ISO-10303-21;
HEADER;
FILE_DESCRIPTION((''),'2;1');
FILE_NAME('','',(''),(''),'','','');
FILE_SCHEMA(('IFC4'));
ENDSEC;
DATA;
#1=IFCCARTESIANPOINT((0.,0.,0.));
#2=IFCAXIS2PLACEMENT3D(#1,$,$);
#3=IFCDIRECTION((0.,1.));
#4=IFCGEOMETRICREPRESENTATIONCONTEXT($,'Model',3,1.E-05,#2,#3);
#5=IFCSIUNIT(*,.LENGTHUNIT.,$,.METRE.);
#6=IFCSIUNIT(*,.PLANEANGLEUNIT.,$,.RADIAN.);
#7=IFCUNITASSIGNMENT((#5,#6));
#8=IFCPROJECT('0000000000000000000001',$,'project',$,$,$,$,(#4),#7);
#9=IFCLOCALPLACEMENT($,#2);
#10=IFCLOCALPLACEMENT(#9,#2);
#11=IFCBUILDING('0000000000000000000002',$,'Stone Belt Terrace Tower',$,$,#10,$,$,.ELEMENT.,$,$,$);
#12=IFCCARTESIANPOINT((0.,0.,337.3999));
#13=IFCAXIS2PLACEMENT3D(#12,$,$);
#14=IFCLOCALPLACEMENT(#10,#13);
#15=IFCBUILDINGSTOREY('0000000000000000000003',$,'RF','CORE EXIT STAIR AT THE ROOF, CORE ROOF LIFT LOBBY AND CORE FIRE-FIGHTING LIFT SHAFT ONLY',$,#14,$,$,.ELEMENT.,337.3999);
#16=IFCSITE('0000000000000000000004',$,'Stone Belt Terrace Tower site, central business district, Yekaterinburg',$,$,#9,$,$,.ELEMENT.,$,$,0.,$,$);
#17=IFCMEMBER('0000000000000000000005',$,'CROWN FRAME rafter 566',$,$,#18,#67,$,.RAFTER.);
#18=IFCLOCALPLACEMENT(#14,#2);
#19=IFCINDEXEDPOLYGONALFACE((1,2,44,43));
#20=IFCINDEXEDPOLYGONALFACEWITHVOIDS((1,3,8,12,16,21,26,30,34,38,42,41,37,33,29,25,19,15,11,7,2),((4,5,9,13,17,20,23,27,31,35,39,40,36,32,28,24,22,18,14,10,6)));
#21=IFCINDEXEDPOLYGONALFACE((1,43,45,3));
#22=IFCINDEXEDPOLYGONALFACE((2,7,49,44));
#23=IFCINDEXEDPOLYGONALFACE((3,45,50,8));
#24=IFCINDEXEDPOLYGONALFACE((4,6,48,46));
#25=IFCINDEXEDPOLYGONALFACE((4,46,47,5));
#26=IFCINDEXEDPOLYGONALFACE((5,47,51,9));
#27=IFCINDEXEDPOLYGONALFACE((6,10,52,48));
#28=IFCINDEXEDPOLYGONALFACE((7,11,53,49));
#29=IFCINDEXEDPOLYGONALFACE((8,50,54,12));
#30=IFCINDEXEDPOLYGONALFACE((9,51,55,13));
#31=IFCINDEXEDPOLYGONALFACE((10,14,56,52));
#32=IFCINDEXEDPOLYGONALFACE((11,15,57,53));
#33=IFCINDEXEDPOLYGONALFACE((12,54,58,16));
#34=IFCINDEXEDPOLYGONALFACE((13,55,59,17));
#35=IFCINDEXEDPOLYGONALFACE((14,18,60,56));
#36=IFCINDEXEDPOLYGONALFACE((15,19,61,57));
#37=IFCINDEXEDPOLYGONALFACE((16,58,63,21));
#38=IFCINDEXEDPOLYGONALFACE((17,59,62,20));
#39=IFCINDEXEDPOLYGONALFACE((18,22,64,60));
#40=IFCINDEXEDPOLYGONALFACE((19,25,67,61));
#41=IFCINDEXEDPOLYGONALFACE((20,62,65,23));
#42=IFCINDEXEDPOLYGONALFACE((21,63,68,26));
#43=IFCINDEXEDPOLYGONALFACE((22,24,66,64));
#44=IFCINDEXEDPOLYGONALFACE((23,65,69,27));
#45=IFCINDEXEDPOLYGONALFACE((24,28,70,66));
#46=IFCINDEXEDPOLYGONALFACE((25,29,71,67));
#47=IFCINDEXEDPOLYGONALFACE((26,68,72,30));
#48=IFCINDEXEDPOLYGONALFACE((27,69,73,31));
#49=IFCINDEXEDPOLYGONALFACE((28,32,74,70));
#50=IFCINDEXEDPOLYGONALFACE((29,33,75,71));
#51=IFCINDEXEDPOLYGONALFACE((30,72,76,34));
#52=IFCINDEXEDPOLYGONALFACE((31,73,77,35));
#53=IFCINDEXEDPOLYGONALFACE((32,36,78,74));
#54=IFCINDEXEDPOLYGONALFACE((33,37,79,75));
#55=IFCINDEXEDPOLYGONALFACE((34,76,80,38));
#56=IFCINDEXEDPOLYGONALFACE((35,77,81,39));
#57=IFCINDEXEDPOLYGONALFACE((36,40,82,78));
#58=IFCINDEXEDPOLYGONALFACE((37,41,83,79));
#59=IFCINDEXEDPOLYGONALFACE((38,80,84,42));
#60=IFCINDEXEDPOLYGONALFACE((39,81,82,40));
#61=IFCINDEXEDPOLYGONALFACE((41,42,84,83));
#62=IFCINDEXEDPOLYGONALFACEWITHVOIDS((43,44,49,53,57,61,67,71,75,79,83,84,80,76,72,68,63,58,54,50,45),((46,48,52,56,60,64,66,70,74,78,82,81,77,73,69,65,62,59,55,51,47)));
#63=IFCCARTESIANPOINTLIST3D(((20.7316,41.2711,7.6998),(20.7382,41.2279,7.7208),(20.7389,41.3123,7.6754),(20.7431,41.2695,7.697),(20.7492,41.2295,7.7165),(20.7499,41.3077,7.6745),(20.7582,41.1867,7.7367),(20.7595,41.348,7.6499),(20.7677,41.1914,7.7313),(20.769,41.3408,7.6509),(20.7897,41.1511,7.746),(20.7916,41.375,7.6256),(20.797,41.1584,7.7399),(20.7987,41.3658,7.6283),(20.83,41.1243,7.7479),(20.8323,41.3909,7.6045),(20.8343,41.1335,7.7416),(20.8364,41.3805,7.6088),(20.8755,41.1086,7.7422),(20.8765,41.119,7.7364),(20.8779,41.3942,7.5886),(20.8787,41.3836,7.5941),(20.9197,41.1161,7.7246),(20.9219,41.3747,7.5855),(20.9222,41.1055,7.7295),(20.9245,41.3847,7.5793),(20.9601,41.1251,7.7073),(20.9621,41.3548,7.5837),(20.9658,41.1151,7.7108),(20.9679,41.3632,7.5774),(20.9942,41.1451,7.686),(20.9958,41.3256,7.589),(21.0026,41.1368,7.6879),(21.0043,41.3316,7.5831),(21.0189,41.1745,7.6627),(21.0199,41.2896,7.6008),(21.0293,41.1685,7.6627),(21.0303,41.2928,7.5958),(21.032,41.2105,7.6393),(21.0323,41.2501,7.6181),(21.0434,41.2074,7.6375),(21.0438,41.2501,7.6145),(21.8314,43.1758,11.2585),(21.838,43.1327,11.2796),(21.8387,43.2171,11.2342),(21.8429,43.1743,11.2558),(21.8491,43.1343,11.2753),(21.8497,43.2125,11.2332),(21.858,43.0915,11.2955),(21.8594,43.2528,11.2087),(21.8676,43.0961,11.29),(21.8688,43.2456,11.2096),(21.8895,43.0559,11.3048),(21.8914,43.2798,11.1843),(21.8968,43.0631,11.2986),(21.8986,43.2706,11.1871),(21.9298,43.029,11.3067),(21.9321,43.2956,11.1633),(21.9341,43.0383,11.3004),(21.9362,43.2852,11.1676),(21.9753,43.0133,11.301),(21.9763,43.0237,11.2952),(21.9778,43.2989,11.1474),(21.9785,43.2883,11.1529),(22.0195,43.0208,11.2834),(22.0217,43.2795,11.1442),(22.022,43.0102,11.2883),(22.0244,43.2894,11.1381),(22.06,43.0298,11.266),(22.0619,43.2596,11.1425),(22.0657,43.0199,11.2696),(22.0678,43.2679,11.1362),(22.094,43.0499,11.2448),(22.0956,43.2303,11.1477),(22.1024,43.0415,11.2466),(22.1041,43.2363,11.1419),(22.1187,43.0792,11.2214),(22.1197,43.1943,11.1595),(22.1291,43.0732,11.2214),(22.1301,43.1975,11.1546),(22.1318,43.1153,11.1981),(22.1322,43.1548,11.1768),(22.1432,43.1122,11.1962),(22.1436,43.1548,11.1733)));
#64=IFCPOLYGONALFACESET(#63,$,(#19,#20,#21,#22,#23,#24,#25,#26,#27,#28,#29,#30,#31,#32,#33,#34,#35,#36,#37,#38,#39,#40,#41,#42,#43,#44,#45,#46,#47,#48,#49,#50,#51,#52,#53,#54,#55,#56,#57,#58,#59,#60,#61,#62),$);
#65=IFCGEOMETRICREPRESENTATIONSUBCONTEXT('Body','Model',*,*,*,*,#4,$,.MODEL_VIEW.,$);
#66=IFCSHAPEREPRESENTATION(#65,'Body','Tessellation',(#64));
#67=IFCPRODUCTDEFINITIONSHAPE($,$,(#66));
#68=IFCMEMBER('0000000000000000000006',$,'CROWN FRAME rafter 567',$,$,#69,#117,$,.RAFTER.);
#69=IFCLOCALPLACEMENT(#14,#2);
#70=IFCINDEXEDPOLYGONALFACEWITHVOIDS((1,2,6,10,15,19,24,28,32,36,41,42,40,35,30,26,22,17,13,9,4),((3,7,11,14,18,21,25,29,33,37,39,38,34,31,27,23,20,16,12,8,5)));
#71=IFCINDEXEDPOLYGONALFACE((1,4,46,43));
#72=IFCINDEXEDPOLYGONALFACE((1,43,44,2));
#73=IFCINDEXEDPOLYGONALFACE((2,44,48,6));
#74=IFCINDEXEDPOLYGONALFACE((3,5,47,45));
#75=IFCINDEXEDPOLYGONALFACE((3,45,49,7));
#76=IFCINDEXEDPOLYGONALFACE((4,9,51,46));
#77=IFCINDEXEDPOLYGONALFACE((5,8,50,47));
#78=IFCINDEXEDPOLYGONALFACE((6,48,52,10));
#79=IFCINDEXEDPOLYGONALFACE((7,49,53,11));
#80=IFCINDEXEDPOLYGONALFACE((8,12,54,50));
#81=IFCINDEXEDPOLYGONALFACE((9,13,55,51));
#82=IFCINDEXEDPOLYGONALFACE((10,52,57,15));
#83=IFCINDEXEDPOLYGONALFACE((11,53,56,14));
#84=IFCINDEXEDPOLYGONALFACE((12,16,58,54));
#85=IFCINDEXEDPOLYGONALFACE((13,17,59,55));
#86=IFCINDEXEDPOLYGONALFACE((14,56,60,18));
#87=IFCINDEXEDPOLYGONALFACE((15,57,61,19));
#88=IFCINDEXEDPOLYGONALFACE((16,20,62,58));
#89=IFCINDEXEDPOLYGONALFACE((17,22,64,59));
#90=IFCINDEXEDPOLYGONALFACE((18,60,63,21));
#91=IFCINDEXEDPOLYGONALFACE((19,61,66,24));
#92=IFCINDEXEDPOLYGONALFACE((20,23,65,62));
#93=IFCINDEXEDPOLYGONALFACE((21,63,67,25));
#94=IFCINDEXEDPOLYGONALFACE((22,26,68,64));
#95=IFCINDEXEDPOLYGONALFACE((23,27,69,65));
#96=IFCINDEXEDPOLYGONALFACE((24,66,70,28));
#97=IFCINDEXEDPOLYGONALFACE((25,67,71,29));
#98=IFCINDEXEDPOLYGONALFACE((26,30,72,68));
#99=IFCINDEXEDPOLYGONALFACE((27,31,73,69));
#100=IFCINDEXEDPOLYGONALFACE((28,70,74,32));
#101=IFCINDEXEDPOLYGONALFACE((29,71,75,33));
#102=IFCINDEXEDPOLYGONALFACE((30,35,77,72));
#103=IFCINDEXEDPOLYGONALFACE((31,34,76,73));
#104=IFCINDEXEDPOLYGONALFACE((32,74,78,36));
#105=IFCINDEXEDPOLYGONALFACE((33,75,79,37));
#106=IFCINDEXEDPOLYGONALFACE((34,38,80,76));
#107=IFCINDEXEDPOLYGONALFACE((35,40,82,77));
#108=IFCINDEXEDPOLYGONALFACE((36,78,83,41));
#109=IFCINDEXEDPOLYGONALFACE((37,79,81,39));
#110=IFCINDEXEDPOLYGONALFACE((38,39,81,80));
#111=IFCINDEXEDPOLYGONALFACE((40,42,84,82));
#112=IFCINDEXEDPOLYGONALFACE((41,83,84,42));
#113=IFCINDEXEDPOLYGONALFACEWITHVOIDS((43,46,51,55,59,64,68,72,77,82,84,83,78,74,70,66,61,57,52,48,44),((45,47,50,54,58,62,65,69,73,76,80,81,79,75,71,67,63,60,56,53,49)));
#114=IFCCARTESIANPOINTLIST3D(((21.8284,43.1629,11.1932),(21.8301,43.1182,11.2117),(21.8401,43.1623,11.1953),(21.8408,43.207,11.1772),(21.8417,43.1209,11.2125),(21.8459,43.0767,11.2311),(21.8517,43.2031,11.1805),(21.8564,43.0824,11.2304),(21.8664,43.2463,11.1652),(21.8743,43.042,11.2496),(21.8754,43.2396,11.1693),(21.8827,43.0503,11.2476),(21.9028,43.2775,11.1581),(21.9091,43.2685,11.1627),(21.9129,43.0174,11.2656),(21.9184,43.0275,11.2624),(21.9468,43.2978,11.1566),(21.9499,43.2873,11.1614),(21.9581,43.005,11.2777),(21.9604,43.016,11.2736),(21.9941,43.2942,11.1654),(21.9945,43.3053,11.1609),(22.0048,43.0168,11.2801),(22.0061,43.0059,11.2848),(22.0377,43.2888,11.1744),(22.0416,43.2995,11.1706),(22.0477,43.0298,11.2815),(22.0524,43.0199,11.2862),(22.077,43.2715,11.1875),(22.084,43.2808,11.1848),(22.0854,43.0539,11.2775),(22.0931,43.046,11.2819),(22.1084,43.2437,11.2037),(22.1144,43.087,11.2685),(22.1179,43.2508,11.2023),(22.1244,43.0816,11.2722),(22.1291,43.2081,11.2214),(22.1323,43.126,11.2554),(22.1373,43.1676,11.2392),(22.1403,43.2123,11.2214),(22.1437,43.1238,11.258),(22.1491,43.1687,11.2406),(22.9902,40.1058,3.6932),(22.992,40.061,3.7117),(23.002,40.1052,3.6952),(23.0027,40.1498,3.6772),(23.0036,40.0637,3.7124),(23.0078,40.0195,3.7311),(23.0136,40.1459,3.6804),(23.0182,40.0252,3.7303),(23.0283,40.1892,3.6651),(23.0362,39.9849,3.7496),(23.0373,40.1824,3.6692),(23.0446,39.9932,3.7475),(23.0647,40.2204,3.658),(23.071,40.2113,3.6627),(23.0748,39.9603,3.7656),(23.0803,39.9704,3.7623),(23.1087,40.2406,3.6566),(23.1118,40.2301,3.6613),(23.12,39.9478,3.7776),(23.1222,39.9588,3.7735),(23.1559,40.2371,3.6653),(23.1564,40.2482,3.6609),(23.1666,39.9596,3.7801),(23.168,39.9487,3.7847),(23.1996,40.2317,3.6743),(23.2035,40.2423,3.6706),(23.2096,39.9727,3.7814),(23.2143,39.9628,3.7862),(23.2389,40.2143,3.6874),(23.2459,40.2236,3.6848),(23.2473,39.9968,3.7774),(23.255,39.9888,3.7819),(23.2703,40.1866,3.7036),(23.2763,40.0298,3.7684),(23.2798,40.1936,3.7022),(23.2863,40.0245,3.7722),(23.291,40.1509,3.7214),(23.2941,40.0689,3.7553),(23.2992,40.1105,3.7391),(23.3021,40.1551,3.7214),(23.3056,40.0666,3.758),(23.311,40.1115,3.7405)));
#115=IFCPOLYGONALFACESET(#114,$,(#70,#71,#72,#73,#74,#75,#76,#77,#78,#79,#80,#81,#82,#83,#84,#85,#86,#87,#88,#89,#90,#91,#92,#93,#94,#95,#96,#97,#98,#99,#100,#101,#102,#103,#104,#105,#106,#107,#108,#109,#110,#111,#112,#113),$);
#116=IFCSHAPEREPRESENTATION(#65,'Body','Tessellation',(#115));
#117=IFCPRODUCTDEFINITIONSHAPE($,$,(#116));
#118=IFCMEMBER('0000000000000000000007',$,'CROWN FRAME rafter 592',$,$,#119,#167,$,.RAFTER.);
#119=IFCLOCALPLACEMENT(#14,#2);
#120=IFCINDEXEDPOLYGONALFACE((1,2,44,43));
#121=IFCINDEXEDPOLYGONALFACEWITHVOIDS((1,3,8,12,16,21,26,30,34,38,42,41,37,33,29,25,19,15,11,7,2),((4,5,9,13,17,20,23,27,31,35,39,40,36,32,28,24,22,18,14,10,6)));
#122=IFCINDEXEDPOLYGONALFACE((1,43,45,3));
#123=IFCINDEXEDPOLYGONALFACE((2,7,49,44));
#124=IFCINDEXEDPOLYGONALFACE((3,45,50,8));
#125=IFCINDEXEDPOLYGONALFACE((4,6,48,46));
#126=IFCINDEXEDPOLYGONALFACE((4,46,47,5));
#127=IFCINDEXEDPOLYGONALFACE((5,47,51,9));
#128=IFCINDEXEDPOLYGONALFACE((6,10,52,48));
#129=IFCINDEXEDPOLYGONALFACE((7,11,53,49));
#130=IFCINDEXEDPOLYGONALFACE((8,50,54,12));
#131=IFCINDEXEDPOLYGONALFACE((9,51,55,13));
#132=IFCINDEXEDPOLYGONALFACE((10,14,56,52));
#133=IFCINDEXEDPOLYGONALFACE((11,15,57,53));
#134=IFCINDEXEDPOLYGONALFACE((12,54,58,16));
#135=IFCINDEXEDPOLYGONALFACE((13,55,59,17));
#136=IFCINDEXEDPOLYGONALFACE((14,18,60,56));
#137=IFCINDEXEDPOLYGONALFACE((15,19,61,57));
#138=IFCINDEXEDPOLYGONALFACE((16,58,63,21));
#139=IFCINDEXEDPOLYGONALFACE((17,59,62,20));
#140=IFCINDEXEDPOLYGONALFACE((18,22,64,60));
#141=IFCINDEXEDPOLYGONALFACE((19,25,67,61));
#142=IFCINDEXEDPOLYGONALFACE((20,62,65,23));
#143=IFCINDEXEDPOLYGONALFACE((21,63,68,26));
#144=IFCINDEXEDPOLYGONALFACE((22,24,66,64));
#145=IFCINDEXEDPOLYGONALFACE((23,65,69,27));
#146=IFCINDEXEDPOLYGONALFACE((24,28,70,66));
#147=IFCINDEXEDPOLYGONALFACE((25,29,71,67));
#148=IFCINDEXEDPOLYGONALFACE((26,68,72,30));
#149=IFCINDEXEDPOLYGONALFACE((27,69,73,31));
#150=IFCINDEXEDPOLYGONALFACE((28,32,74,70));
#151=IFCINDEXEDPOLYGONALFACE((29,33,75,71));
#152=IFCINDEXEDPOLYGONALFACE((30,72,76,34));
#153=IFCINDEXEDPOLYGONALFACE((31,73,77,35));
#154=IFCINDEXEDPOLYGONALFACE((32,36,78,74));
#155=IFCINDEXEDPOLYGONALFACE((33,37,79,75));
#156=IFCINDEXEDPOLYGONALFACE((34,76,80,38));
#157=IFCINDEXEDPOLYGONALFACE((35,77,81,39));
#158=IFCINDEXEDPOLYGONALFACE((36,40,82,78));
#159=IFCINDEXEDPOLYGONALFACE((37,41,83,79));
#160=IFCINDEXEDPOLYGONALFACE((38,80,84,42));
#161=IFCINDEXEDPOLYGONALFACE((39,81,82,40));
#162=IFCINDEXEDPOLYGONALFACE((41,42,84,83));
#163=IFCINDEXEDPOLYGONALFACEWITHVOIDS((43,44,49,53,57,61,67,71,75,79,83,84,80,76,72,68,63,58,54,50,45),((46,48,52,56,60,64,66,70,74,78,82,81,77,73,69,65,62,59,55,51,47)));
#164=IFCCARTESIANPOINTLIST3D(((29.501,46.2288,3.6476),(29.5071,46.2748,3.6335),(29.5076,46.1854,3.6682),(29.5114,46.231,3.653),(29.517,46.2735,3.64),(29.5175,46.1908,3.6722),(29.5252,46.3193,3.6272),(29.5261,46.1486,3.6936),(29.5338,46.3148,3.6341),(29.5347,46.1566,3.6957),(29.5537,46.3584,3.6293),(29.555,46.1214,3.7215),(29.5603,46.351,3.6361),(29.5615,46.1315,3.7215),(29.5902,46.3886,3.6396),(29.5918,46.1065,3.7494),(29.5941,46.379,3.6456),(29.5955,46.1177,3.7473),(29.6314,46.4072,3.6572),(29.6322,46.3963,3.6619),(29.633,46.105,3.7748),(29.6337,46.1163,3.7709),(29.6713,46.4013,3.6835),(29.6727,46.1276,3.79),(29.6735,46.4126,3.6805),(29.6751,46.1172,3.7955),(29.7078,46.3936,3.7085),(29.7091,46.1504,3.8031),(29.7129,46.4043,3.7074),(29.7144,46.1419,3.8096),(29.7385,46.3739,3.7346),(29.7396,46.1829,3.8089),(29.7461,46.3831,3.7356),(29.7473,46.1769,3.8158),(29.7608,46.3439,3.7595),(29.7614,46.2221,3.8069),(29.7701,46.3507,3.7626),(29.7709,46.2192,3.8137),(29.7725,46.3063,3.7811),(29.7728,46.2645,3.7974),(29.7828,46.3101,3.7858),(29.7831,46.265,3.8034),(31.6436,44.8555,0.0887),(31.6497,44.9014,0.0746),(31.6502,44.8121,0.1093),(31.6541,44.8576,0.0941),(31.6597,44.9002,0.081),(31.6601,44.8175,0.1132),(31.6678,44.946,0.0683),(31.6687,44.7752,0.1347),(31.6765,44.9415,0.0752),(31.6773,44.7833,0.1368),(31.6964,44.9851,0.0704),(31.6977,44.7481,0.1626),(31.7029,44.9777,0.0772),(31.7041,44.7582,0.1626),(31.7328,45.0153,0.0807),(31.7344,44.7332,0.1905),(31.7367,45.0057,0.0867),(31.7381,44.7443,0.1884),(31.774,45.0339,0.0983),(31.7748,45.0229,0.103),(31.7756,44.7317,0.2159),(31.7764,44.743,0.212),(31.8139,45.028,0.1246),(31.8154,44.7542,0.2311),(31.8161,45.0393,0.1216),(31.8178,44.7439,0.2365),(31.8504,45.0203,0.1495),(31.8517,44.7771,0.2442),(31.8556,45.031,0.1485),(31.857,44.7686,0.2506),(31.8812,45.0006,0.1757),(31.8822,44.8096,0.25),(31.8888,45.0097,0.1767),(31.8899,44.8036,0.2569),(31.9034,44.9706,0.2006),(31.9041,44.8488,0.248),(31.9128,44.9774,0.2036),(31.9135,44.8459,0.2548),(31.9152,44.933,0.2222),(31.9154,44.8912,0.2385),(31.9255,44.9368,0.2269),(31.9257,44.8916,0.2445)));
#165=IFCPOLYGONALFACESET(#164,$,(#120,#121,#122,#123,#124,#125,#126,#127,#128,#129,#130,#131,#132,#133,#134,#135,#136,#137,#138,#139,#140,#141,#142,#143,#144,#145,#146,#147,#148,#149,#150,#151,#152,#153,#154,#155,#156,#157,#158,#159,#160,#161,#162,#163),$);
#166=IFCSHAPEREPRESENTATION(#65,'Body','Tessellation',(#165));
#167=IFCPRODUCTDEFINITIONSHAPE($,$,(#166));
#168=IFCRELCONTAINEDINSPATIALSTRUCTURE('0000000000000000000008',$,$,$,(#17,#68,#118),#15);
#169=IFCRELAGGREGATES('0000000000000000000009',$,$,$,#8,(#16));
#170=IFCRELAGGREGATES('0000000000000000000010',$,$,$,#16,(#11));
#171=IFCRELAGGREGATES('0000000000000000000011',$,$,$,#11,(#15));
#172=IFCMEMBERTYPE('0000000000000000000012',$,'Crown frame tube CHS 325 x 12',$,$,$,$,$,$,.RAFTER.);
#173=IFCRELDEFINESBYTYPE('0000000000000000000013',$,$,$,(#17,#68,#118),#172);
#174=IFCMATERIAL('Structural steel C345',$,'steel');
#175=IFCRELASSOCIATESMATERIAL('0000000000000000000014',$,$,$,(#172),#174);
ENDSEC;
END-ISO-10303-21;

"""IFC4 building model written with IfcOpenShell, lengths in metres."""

from ifc_helpers import new_model, si_unit, direction, frame, origin, origin_2d, place, context, subcontext, project, spatial, hollow_circle, extrude, material, material_profile, profile_set, type_object, element, save


model = new_model("IFC4")

# Units and contexts
model_context = context("Model", 3, precision=1e-05, world=origin(), true_north=direction((0.0, 1.0)))
body_context = subcontext(model_context, "Body", "Model", "MODEL_VIEW")
ifc_project = project(units=[si_unit("LENGTHUNIT", "METRE"), si_unit("PLANEANGLEUNIT", "RADIAN")], contexts=[model_context])

# Site, building, storey
site_placement = place(None, origin())
site = spatial("IfcSite", under=ifc_project, at=site_placement, Name="Stone Belt Terrace Tower site, central business district, Yekaterinburg", CompositionType="ELEMENT", RefElevation=0.0)
building_placement = place(site_placement, origin())
building = spatial("IfcBuilding", under=site, at=building_placement, Name="Stone Belt Terrace Tower", CompositionType="ELEMENT")
storey_placement = place(building_placement, frame((0.0, 0.0, 337.3999)))
storey = spatial("IfcBuildingStorey", under=building, at=storey_placement, Name="RF", Description="CORE EXIT STAIR AT THE ROOF, CORE ROOF LIFT LOBBY AND CORE FIRE-FIGHTING LIFT SHAFT ONLY", CompositionType="ELEMENT", Elevation=337.3999)

# Members
ifc_material_1 = material(Name="Structural steel C345", Category="steel")
ifc_material_profile_1 = material_profile(ifc_material_1, hollow_circle(Radius=0.1626, WallThickness=0.012, at=origin_2d()), Name="Structural steel C345 CHS 325x12")
ifc_profile_set_1 = profile_set([ifc_material_profile_1], Name="Structural steel C345")
member_type_1 = type_object("IfcMemberType", Name="Crown frame tube CHS 325 x 12", PredefinedType="RAFTER", material=ifc_profile_set_1)
member_1_placement = place(storey_placement, frame((21.9883, 43.1545, 11.2214), z_axis=(-0.262891, -0.455289, -0.850647), x_axis=(0.866001, -0.500043, 0.0)))
element("IfcMember", 1, at=member_1_placement, inside=storey, type_object=member_type_1, Name="CROWN FRAME rafter 566", PredefinedType="RAFTER", context=body_context, shape_type="SweptSolid", body=[
    extrude(hollow_circle(Radius=0.1626, WallThickness=0.012, at=origin_2d()), origin(), (0.0, 0.0, 1.0), 4.1836),
])
member_2_placement = place(storey_placement, frame((21.9883, 43.1545, 11.2214), z_axis=(0.142002, -0.373638, -0.916641), x_axis=(0.934768, 0.35526, 0.0)))
element("IfcMember", 2, at=member_2_placement, inside=storey, type_object=member_type_1, Name="CROWN FRAME rafter 567", PredefinedType="RAFTER", context=body_context, shape_type="SweptSolid", body=[
    extrude(hollow_circle(Radius=0.1626, WallThickness=0.012, at=origin_2d()), origin(), (0.0, 0.0, 1.0), 8.1821),
])
for number, where, z_axis, x_axis, name in (
    (3, (31.7854, 44.885, 0.1626), (-0.489716, 0.313885, 0.813422), (-0.539623, -0.841907, 0.0), "CROWN FRAME rafter 592"),
):
    element("IfcMember", number, at=place(storey_placement, frame(where, z_axis=z_axis, x_axis=x_axis)), inside=storey, type_object=member_type_1, Name=name, PredefinedType="RAFTER", context=body_context, shape_type="SweptSolid", body=[
        extrude(hollow_circle(Radius=0.1626, WallThickness=0.012, at=origin_2d()), origin(), (0.0, 0.0, 1.0), 4.3752),
    ])

save(model, "model.ifc")
